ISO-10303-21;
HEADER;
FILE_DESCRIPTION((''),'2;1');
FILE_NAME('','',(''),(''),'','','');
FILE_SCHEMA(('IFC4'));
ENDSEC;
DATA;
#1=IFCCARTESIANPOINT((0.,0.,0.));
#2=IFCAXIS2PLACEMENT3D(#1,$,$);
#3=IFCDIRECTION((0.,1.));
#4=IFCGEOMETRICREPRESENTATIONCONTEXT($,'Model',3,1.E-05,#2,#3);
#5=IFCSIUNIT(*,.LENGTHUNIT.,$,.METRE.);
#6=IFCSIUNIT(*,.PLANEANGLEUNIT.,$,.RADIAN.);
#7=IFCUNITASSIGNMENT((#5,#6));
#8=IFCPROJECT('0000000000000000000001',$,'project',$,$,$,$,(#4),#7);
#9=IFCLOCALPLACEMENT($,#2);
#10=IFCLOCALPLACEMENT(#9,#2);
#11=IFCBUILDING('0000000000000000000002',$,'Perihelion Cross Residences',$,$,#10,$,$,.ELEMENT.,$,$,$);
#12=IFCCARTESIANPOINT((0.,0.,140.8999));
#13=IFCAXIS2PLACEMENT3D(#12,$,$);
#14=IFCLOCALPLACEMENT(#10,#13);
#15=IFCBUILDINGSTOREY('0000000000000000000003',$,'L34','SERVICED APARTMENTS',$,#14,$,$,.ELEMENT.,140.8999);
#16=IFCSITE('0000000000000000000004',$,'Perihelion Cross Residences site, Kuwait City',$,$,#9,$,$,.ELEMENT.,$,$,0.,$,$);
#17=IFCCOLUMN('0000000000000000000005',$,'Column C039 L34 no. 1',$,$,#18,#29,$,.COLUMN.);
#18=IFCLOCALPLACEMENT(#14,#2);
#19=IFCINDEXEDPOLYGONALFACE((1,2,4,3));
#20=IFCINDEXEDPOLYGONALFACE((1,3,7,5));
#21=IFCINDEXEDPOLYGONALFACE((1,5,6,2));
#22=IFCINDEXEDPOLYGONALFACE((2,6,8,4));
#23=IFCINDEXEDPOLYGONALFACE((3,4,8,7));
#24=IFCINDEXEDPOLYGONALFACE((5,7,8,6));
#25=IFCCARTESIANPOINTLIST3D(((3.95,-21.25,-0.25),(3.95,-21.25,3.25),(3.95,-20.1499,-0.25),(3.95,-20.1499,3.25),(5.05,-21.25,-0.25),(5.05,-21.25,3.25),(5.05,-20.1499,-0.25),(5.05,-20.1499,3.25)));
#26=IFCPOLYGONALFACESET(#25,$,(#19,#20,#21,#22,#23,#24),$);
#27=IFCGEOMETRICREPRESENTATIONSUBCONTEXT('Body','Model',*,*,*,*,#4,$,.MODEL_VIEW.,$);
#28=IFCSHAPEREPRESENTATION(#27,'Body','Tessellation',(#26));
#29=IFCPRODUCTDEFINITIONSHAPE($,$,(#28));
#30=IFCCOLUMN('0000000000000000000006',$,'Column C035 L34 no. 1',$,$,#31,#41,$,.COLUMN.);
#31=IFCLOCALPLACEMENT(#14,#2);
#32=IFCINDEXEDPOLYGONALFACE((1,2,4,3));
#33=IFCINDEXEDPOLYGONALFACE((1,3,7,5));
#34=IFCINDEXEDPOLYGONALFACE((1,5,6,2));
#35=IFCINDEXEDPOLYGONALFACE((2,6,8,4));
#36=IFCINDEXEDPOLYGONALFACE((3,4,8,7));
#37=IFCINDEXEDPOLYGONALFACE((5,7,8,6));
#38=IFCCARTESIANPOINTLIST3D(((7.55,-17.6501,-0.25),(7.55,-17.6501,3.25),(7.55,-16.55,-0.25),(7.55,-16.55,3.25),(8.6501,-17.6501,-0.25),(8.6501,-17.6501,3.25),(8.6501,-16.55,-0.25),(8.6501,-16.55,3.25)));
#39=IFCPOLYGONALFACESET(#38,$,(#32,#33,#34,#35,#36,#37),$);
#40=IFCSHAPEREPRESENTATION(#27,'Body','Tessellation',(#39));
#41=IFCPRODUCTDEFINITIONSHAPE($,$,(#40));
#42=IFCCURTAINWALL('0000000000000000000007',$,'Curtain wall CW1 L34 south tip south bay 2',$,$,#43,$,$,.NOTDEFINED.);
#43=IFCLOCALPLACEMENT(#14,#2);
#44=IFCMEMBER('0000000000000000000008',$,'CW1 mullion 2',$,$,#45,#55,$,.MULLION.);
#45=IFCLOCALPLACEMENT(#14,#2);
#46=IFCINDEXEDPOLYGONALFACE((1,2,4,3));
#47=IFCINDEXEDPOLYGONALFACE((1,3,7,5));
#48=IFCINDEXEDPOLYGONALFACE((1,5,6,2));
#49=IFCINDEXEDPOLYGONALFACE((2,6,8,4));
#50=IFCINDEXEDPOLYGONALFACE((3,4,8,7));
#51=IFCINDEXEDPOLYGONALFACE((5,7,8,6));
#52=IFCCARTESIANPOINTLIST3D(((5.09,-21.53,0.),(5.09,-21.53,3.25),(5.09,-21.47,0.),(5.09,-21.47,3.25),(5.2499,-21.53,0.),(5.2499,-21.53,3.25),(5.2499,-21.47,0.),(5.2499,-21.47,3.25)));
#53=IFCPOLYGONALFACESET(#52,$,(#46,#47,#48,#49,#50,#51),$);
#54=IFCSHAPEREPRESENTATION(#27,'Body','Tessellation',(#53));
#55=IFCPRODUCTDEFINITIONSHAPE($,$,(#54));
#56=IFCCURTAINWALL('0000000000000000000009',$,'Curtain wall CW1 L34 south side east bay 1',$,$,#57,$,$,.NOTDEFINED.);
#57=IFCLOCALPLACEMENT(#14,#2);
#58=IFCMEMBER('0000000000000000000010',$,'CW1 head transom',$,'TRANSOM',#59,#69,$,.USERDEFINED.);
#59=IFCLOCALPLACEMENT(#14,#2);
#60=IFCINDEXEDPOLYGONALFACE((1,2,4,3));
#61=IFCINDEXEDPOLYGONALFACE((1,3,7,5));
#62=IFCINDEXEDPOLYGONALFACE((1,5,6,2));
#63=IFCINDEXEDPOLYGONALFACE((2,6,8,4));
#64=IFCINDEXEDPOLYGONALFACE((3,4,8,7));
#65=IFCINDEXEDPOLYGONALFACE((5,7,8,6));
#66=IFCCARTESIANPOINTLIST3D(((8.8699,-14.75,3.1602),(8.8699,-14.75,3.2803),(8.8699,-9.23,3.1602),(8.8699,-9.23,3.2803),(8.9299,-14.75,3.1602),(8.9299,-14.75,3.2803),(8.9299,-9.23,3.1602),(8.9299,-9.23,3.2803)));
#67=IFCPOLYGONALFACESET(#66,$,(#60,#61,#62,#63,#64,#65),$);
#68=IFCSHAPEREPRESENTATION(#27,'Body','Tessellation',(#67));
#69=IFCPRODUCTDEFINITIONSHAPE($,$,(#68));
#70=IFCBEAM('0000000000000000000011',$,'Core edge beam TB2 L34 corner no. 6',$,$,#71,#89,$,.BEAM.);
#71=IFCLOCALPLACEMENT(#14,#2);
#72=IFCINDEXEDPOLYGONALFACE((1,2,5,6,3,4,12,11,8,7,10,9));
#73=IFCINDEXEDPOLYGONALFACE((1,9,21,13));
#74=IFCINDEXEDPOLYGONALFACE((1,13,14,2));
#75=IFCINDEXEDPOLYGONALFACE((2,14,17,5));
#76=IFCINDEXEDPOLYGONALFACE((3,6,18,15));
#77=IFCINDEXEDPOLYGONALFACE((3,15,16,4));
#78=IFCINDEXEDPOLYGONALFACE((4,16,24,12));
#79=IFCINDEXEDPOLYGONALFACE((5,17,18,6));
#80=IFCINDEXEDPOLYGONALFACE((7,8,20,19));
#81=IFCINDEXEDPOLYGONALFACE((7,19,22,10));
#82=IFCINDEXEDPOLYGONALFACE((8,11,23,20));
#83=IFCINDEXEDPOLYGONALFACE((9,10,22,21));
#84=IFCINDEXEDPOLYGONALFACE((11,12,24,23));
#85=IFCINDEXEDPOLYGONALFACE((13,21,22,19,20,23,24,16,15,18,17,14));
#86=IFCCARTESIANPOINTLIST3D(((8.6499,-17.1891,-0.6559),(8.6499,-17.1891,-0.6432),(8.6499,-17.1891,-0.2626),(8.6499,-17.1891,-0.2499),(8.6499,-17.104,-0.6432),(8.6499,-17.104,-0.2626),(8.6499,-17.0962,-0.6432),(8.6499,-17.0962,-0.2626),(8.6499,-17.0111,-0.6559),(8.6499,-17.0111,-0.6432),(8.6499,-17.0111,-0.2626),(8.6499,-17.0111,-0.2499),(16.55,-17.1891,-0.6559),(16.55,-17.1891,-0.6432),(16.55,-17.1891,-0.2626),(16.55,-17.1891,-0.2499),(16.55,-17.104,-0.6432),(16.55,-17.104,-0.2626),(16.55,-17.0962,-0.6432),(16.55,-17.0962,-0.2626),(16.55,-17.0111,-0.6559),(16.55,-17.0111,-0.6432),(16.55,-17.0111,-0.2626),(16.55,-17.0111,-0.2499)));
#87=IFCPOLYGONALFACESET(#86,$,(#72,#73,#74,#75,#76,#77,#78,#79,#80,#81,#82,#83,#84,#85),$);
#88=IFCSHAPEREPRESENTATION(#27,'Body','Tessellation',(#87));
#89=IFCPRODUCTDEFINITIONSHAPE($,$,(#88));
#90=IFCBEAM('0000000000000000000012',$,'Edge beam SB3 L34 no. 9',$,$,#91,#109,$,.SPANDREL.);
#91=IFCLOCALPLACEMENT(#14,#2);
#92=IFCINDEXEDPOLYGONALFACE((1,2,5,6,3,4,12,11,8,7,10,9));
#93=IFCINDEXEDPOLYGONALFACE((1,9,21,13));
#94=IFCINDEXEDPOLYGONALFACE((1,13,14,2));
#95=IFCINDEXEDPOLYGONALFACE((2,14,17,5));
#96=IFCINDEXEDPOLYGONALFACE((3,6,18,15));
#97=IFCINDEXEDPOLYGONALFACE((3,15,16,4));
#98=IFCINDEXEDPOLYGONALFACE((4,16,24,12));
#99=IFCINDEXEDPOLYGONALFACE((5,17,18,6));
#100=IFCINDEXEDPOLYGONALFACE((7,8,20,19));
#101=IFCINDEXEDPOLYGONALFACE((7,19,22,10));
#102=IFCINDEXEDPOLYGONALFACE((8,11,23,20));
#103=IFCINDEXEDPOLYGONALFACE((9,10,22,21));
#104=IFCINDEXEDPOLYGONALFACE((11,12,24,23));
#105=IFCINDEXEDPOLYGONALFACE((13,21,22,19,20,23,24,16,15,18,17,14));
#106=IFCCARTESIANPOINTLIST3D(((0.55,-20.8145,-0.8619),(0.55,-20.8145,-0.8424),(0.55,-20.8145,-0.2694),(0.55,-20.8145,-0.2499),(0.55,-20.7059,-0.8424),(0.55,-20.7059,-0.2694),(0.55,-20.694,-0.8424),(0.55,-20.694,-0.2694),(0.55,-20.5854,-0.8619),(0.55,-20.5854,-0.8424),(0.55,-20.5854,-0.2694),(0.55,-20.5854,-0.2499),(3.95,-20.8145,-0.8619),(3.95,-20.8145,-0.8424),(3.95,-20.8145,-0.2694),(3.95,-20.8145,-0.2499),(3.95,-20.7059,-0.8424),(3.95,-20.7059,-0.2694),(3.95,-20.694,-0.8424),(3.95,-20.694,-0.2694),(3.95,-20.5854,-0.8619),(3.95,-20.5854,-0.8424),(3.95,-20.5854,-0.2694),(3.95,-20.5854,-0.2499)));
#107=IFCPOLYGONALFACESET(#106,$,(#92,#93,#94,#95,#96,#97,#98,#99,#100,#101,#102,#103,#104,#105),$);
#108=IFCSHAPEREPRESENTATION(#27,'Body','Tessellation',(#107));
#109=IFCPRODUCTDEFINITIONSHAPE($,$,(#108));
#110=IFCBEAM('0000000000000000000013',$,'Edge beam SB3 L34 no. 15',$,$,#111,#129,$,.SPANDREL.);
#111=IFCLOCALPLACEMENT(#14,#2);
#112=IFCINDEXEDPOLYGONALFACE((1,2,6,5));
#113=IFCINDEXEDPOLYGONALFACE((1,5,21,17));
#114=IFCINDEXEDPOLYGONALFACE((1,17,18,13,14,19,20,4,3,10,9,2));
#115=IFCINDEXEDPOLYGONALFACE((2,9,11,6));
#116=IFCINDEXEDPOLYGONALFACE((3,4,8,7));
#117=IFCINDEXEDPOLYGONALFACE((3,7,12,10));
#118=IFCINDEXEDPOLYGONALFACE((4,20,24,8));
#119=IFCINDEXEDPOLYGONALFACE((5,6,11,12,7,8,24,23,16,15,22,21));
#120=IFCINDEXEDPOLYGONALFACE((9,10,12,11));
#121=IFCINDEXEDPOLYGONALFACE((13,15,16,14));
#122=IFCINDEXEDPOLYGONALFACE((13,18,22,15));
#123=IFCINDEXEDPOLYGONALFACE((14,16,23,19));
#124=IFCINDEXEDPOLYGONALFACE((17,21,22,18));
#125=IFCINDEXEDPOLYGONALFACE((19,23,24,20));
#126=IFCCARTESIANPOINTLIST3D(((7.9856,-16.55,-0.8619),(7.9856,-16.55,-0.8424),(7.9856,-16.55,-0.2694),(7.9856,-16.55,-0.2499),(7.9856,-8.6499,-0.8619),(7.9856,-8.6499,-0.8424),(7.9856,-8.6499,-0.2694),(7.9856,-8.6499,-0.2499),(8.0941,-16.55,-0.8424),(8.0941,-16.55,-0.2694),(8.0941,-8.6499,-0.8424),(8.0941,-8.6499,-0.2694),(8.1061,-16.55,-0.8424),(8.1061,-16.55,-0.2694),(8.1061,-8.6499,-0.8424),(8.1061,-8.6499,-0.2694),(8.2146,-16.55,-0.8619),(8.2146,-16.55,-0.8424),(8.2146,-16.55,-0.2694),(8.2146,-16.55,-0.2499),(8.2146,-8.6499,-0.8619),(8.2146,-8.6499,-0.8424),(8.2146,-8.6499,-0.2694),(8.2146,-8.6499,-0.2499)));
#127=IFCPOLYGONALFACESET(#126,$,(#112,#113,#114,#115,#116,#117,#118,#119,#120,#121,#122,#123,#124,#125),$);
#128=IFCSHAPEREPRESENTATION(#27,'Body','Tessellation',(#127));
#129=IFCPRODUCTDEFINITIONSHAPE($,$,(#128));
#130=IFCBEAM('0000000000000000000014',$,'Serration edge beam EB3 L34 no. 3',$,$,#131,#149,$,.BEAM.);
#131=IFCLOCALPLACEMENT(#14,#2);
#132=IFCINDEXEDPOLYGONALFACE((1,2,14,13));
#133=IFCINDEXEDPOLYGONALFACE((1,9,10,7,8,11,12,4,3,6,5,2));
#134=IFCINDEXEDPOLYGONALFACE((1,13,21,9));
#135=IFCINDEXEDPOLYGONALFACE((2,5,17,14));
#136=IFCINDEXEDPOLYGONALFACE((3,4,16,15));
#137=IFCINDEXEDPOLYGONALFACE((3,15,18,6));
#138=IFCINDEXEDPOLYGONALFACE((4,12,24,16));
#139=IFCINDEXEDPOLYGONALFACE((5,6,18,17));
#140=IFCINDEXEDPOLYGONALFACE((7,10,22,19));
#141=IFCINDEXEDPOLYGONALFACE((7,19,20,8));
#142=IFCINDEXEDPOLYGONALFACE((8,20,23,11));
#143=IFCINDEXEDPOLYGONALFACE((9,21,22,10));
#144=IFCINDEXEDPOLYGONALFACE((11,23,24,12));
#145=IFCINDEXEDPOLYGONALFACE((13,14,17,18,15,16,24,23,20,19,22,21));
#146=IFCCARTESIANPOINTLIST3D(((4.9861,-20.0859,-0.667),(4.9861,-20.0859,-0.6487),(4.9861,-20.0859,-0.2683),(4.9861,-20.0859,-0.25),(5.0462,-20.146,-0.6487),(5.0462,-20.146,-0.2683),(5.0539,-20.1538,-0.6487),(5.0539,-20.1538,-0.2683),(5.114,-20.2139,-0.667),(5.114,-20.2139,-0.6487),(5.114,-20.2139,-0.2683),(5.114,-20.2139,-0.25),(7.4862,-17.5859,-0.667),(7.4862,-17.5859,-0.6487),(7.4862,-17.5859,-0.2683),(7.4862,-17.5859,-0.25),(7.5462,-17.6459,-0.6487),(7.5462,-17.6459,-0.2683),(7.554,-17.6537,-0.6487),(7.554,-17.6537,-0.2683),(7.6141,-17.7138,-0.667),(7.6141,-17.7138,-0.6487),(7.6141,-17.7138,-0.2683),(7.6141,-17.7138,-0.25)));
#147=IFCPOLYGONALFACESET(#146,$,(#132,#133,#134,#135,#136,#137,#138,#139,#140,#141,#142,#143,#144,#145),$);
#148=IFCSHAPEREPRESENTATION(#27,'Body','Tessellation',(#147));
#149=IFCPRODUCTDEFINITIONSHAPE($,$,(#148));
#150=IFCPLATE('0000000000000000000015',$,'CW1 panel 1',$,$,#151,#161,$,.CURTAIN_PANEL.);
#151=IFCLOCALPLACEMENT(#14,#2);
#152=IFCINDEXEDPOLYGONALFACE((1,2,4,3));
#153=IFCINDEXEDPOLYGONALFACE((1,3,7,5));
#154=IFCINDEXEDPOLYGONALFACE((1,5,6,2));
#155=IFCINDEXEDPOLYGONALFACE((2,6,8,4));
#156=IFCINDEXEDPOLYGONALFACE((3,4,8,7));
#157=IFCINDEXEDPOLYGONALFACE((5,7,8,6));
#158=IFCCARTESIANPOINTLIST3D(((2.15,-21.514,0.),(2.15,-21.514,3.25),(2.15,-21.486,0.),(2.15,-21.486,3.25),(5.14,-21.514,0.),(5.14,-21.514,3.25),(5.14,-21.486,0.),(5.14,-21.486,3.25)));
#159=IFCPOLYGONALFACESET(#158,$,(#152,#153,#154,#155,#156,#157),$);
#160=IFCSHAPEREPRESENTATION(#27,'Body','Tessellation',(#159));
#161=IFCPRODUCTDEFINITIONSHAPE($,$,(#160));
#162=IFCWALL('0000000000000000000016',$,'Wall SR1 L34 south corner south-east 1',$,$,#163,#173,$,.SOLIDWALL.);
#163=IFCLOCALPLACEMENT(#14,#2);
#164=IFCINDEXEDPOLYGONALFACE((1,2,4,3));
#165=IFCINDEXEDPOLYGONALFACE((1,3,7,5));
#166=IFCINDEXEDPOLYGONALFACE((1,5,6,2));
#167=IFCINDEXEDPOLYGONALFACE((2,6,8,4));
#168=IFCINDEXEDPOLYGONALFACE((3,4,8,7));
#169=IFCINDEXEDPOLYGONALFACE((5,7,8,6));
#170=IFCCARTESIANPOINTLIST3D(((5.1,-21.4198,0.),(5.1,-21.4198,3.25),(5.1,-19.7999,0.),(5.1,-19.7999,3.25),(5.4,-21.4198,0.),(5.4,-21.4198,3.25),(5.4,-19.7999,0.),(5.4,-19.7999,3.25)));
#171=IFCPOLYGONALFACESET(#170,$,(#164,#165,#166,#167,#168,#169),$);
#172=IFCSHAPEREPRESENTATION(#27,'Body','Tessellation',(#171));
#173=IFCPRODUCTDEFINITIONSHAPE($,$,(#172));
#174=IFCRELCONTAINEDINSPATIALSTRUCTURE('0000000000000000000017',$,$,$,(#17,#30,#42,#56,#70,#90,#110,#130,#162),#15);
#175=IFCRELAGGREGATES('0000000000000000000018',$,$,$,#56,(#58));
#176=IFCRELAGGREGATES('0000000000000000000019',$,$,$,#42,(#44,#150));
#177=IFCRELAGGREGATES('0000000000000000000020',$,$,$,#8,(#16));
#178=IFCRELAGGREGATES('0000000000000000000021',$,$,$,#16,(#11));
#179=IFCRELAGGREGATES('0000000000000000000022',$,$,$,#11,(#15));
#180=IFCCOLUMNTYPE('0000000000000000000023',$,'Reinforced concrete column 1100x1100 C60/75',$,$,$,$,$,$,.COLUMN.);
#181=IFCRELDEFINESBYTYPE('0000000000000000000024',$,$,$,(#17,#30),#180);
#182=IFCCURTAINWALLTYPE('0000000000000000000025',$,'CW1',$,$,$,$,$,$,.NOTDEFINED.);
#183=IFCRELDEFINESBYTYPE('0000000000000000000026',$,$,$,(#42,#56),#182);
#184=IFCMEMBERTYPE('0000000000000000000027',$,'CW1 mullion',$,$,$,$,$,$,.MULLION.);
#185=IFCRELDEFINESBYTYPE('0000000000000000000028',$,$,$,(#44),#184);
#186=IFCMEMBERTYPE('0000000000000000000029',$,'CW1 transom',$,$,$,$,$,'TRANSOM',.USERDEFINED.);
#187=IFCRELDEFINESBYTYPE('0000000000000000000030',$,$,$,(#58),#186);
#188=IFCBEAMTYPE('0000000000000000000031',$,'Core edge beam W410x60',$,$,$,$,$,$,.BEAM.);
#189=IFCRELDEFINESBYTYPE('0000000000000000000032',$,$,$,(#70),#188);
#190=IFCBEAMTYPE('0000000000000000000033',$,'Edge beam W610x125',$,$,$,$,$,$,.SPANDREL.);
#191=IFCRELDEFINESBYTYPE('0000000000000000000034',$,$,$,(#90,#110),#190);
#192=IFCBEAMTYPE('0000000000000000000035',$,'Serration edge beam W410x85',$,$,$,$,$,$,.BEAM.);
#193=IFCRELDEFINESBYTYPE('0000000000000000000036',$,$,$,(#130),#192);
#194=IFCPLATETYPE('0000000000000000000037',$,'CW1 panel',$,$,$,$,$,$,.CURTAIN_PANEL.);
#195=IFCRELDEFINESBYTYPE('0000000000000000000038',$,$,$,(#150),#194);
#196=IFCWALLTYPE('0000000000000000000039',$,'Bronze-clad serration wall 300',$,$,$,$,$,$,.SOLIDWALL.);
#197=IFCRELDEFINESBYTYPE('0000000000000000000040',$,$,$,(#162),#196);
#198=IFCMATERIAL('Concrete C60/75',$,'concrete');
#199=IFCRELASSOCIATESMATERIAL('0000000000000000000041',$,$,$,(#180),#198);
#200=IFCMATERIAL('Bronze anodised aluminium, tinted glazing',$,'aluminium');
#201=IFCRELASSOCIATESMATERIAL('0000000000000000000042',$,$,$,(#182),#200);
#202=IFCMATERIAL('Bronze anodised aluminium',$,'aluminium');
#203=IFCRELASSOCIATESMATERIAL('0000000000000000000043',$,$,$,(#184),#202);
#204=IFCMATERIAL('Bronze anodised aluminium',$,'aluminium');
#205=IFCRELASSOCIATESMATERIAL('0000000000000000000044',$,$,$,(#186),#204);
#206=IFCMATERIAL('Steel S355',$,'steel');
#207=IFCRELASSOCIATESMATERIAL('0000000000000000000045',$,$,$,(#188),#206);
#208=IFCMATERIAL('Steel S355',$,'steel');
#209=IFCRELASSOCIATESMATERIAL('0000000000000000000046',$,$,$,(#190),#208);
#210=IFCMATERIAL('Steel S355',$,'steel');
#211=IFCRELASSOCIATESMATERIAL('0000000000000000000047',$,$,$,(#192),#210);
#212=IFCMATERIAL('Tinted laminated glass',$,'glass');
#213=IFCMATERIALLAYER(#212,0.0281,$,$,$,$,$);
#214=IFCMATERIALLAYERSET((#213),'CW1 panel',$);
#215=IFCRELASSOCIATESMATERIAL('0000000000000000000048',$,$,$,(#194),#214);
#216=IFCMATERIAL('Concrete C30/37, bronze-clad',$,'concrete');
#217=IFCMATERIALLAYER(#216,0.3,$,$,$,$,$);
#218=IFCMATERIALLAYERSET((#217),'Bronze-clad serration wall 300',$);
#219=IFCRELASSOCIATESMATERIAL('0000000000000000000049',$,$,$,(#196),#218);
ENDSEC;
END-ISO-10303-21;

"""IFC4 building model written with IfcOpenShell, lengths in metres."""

from ifc_helpers import new_model, si_unit, direction, frame, frame_2d, origin, origin_2d, place, context, subcontext, project, spatial, rectangle, i_section, extrude, material, layer, layer_set, material_profile, profile_set, type_object, element, aggregate, save


model = new_model("IFC4")

# Units and contexts
model_context = context("Model", 3, precision=1e-05, world=origin(), true_north=direction((0.0, 1.0)))
body_context = subcontext(model_context, "Body", "Model", "MODEL_VIEW")
ifc_project = project(units=[si_unit("LENGTHUNIT", "METRE"), si_unit("PLANEANGLEUNIT", "RADIAN")], contexts=[model_context])

# Site, building, storey
site_placement = place(None, origin())
site = spatial("IfcSite", under=ifc_project, at=site_placement, Name="Perihelion Cross Residences site, Kuwait City", CompositionType="ELEMENT", RefElevation=0.0)
building_placement = place(site_placement, origin())
building = spatial("IfcBuilding", under=site, at=building_placement, Name="Perihelion Cross Residences", CompositionType="ELEMENT")
storey_placement = place(building_placement, frame((0.0, 0.0, 140.8999)))
storey = spatial("IfcBuildingStorey", under=building, at=storey_placement, Name="L34", Description="SERVICED APARTMENTS", CompositionType="ELEMENT", Elevation=140.8999)

# Columns
ifc_material_1 = material(Name="Concrete C60/75", Category="concrete")
ifc_material_profile_1 = material_profile(ifc_material_1, rectangle(XDim=1.1001, YDim=1.1001, at=origin_2d()), Name="RC 1100x1100")
ifc_profile_set_1 = profile_set([ifc_material_profile_1], Name="Concrete C60/75")
column_type = type_object("IfcColumnType", Name="Reinforced concrete column 1100x1100 C60/75", PredefinedType="COLUMN", material=ifc_profile_set_1)
for number, where, z_axis, x_axis, name in (
    (1, (4.5, -20.7, -0.25), (0.0, 0.0, 1.0), (1.0, 0.0, 0.0), "Column C039 L34 no. 1"),
    (2, (8.1001, -17.1001, -0.25), (0.0, 0.0, 1.0), (1.0, 0.0, 0.0), "Column C035 L34 no. 1"),
):
    element("IfcColumn", number, at=place(storey_placement, frame(where, z_axis=z_axis, x_axis=x_axis)), inside=storey, type_object=column_type, Name=name, PredefinedType="COLUMN", context=body_context, shape_type="SweptSolid", body=[
        extrude(rectangle(XDim=1.1001, YDim=1.1001, at=origin_2d()), origin(), (0.0, 0.0, 1.0), 3.5),
    ])

# Curtain walls, members
ifc_material_2 = material(Name="Bronze anodised aluminium, tinted glazing", Category="aluminium")
curtain_wall_type = type_object("IfcCurtainWallType", Name="CW1", PredefinedType="NOTDEFINED", material=ifc_material_2)
curtain_wall_1_placement = place(storey_placement, origin())
curtain_wall_1 = element("IfcCurtainWall", 3, at=curtain_wall_1_placement, inside=storey, type_object=curtain_wall_type, Name="Curtain wall CW1 L34 south tip south bay 2", PredefinedType="NOTDEFINED")
ifc_material_3 = material(Name="Bronze anodised aluminium", Category="aluminium")
ifc_material_profile_2 = material_profile(ifc_material_3, rectangle(XDim=0.0601, YDim=0.1599, at=origin_2d()), Name="CW1 mullion")
ifc_profile_set_2 = profile_set([ifc_material_profile_2], Name="Bronze anodised aluminium")
member_type_1 = type_object("IfcMemberType", Name="CW1 mullion", PredefinedType="MULLION", material=ifc_profile_set_2)
member_1_placement = place(storey_placement, frame((5.1699, -21.5, 0.0), z_axis=(0.0, 0.0, 1.0), x_axis=(0.0, 1.0, 0.0)))
member_1 = element("IfcMember", 4, at=member_1_placement, type_object=member_type_1, Name="CW1 mullion 2", PredefinedType="MULLION", context=body_context, shape_type="SweptSolid", body=[
    extrude(rectangle(XDim=0.0601, YDim=0.1599, at=origin_2d()), origin(), (0.0, 0.0, 1.0), 3.25),
])
curtain_wall_2_placement = place(storey_placement, origin())
curtain_wall_2 = element("IfcCurtainWall", 5, at=curtain_wall_2_placement, inside=storey, type_object=curtain_wall_type, Name="Curtain wall CW1 L34 south side east bay 1", PredefinedType="NOTDEFINED")
ifc_material_4 = material(Name="Bronze anodised aluminium", Category="aluminium")
ifc_material_profile_3 = material_profile(ifc_material_4, rectangle(XDim=0.0601, YDim=0.1201, at=origin_2d()), Name="CW1 transom")
ifc_profile_set_3 = profile_set([ifc_material_profile_3], Name="Bronze anodised aluminium")
member_type_2 = type_object("IfcMemberType", Name="CW1 transom", ElementType="TRANSOM", PredefinedType="USERDEFINED", material=ifc_profile_set_3)
member_2_placement = place(storey_placement, frame((8.8999, -14.75, 3.2202), z_axis=(0.0, 1.0, 0.0), x_axis=(-1.0, 0.0, 0.0)))
member_2 = element("IfcMember", 6, at=member_2_placement, type_object=member_type_2, Name="CW1 head transom", ObjectType="TRANSOM", PredefinedType="USERDEFINED", context=body_context, shape_type="SweptSolid", body=[
    extrude(rectangle(XDim=0.0601, YDim=0.1201, at=origin_2d()), origin(), (0.0, 0.0, 1.0), 5.52),
])
aggregate(curtain_wall_2, [member_2])

# Beams
ifc_material_5 = material(Name="Steel S355", Category="steel")
ifc_material_profile_4 = material_profile(ifc_material_5, i_section(OverallWidth=0.178, OverallDepth=0.406, WebThickness=0.0078, FlangeThickness=0.0127, at=origin_2d()), Name="W410x60")
ifc_profile_set_4 = profile_set([ifc_material_profile_4], Name="Steel S355")
beam_type_1 = type_object("IfcBeamType", Name="Core edge beam W410x60", PredefinedType="BEAM", material=ifc_profile_set_4)
beam_1_placement = place(storey_placement, frame((8.6499, -17.1001, -0.4529), z_axis=(1.0, 0.0, 0.0), x_axis=(0.0, 1.0, 0.0)))
element("IfcBeam", 7, at=beam_1_placement, inside=storey, type_object=beam_type_1, Name="Core edge beam TB2 L34 corner no. 6", PredefinedType="BEAM", context=body_context, shape_type="SweptSolid", body=[
    extrude(i_section(OverallWidth=0.178, OverallDepth=0.406, WebThickness=0.0078, FlangeThickness=0.0127, at=origin_2d()), origin(), (0.0, 0.0, 1.0), 7.9001),
])
ifc_material_6 = material(Name="Steel S355", Category="steel")
ifc_material_profile_5 = material_profile(ifc_material_6, i_section(OverallWidth=0.229, OverallDepth=0.6121, WebThickness=0.012, FlangeThickness=0.0195, at=origin_2d()), Name="W610x125")
ifc_profile_set_5 = profile_set([ifc_material_profile_5], Name="Steel S355")
beam_type_2 = type_object("IfcBeamType", Name="Edge beam W610x125", PredefinedType="SPANDREL", material=ifc_profile_set_5)
beam_2_placement = place(storey_placement, frame((0.55, -20.7, -0.5559), z_axis=(1.0, 0.0, 0.0), x_axis=(0.0, 1.0, 0.0)))
element("IfcBeam", 8, at=beam_2_placement, inside=storey, type_object=beam_type_2, Name="Edge beam SB3 L34 no. 9", PredefinedType="SPANDREL", context=body_context, shape_type="SweptSolid", body=[
    extrude(i_section(OverallWidth=0.229, OverallDepth=0.6121, WebThickness=0.012, FlangeThickness=0.0195, at=origin_2d()), origin(), (0.0, 0.0, 1.0), 3.3999),
])
beam_3_placement = place(storey_placement, frame((8.1001, -16.55, -0.5559), z_axis=(0.0, 1.0, 0.0), x_axis=(-1.0, 0.0, 0.0)))
element("IfcBeam", 9, at=beam_3_placement, inside=storey, type_object=beam_type_2, Name="Edge beam SB3 L34 no. 15", PredefinedType="SPANDREL", context=body_context, shape_type="SweptSolid", body=[
    extrude(i_section(OverallWidth=0.229, OverallDepth=0.6121, WebThickness=0.012, FlangeThickness=0.0195, at=origin_2d()), origin(), (0.0, 0.0, 1.0), 7.9001),
])
ifc_material_7 = material(Name="Steel S355", Category="steel")
ifc_material_profile_6 = material_profile(ifc_material_7, i_section(OverallWidth=0.1809, OverallDepth=0.417, WebThickness=0.011, FlangeThickness=0.0183, at=origin_2d()), Name="W410x85")
ifc_profile_set_6 = profile_set([ifc_material_profile_6], Name="Steel S355")
beam_type_3 = type_object("IfcBeamType", Name="Serration edge beam W410x85", PredefinedType="BEAM", material=ifc_profile_set_6)
beam_4_placement = place(storey_placement, frame((5.05, -20.1499, -0.4585), z_axis=(0.707107, 0.707107, 0.0), x_axis=(-0.707107, 0.707107, 0.0)))
element("IfcBeam", 10, at=beam_4_placement, inside=storey, type_object=beam_type_3, Name="Serration edge beam EB3 L34 no. 3", PredefinedType="BEAM", context=body_context, shape_type="SweptSolid", body=[
    extrude(i_section(OverallWidth=0.1809, OverallDepth=0.417, WebThickness=0.011, FlangeThickness=0.0183, at=origin_2d()), origin(), (0.0, 0.0, 1.0), 3.5356),
])

# Plate
ifc_material_8 = material(Name="Tinted laminated glass", Category="glass")
ifc_layer_1 = layer(ifc_material_8, 0.0281)
ifc_layer_set_1 = layer_set([ifc_layer_1], Name="CW1 panel")
plate_type = type_object("IfcPlateType", Name="CW1 panel", PredefinedType="CURTAIN_PANEL", material=ifc_layer_set_1)
plate_placement = place(storey_placement, frame((3.645, -21.5, 0.0), z_axis=(0.0, 0.0, 1.0), x_axis=(1.0, 0.0, 0.0)))
plate = element("IfcPlate", 11, at=plate_placement, type_object=plate_type, Name="CW1 panel 1", PredefinedType="CURTAIN_PANEL", context=body_context, shape_type="SweptSolid", body=[
    extrude(rectangle(XDim=2.99, YDim=0.0281, at=origin_2d()), origin(), (0.0, 0.0, 1.0), 3.25),
])
aggregate(curtain_wall_1, [member_1, plate])

# Wall
ifc_material_9 = material(Name="Concrete C30/37, bronze-clad", Category="concrete")
ifc_layer_2 = layer(ifc_material_9, 0.3)
ifc_layer_set_2 = layer_set([ifc_layer_2], Name="Bronze-clad serration wall 300")
wall_type_1 = type_object("IfcWallType", Name="Bronze-clad serration wall 300", PredefinedType="SOLIDWALL", material=ifc_layer_set_2)
wall_1_placement = place(storey_placement, frame((5.25, -21.4199, 0.0), z_axis=(0.0, 0.0, 1.0), x_axis=(0.0, 1.0, 0.0)))
element("IfcWall", 12, at=wall_1_placement, inside=storey, type_object=wall_type_1, Name="Wall SR1 L34 south corner south-east 1", PredefinedType="SOLIDWALL", context=body_context, shape_type="SweptSolid", body=[
    extrude(rectangle(XDim=1.6199, YDim=0.3, at=frame_2d((0.8101, 0.0))), origin(), (0.0, 0.0, 1.0), 3.25),
])

save(model, "model.ifc")
